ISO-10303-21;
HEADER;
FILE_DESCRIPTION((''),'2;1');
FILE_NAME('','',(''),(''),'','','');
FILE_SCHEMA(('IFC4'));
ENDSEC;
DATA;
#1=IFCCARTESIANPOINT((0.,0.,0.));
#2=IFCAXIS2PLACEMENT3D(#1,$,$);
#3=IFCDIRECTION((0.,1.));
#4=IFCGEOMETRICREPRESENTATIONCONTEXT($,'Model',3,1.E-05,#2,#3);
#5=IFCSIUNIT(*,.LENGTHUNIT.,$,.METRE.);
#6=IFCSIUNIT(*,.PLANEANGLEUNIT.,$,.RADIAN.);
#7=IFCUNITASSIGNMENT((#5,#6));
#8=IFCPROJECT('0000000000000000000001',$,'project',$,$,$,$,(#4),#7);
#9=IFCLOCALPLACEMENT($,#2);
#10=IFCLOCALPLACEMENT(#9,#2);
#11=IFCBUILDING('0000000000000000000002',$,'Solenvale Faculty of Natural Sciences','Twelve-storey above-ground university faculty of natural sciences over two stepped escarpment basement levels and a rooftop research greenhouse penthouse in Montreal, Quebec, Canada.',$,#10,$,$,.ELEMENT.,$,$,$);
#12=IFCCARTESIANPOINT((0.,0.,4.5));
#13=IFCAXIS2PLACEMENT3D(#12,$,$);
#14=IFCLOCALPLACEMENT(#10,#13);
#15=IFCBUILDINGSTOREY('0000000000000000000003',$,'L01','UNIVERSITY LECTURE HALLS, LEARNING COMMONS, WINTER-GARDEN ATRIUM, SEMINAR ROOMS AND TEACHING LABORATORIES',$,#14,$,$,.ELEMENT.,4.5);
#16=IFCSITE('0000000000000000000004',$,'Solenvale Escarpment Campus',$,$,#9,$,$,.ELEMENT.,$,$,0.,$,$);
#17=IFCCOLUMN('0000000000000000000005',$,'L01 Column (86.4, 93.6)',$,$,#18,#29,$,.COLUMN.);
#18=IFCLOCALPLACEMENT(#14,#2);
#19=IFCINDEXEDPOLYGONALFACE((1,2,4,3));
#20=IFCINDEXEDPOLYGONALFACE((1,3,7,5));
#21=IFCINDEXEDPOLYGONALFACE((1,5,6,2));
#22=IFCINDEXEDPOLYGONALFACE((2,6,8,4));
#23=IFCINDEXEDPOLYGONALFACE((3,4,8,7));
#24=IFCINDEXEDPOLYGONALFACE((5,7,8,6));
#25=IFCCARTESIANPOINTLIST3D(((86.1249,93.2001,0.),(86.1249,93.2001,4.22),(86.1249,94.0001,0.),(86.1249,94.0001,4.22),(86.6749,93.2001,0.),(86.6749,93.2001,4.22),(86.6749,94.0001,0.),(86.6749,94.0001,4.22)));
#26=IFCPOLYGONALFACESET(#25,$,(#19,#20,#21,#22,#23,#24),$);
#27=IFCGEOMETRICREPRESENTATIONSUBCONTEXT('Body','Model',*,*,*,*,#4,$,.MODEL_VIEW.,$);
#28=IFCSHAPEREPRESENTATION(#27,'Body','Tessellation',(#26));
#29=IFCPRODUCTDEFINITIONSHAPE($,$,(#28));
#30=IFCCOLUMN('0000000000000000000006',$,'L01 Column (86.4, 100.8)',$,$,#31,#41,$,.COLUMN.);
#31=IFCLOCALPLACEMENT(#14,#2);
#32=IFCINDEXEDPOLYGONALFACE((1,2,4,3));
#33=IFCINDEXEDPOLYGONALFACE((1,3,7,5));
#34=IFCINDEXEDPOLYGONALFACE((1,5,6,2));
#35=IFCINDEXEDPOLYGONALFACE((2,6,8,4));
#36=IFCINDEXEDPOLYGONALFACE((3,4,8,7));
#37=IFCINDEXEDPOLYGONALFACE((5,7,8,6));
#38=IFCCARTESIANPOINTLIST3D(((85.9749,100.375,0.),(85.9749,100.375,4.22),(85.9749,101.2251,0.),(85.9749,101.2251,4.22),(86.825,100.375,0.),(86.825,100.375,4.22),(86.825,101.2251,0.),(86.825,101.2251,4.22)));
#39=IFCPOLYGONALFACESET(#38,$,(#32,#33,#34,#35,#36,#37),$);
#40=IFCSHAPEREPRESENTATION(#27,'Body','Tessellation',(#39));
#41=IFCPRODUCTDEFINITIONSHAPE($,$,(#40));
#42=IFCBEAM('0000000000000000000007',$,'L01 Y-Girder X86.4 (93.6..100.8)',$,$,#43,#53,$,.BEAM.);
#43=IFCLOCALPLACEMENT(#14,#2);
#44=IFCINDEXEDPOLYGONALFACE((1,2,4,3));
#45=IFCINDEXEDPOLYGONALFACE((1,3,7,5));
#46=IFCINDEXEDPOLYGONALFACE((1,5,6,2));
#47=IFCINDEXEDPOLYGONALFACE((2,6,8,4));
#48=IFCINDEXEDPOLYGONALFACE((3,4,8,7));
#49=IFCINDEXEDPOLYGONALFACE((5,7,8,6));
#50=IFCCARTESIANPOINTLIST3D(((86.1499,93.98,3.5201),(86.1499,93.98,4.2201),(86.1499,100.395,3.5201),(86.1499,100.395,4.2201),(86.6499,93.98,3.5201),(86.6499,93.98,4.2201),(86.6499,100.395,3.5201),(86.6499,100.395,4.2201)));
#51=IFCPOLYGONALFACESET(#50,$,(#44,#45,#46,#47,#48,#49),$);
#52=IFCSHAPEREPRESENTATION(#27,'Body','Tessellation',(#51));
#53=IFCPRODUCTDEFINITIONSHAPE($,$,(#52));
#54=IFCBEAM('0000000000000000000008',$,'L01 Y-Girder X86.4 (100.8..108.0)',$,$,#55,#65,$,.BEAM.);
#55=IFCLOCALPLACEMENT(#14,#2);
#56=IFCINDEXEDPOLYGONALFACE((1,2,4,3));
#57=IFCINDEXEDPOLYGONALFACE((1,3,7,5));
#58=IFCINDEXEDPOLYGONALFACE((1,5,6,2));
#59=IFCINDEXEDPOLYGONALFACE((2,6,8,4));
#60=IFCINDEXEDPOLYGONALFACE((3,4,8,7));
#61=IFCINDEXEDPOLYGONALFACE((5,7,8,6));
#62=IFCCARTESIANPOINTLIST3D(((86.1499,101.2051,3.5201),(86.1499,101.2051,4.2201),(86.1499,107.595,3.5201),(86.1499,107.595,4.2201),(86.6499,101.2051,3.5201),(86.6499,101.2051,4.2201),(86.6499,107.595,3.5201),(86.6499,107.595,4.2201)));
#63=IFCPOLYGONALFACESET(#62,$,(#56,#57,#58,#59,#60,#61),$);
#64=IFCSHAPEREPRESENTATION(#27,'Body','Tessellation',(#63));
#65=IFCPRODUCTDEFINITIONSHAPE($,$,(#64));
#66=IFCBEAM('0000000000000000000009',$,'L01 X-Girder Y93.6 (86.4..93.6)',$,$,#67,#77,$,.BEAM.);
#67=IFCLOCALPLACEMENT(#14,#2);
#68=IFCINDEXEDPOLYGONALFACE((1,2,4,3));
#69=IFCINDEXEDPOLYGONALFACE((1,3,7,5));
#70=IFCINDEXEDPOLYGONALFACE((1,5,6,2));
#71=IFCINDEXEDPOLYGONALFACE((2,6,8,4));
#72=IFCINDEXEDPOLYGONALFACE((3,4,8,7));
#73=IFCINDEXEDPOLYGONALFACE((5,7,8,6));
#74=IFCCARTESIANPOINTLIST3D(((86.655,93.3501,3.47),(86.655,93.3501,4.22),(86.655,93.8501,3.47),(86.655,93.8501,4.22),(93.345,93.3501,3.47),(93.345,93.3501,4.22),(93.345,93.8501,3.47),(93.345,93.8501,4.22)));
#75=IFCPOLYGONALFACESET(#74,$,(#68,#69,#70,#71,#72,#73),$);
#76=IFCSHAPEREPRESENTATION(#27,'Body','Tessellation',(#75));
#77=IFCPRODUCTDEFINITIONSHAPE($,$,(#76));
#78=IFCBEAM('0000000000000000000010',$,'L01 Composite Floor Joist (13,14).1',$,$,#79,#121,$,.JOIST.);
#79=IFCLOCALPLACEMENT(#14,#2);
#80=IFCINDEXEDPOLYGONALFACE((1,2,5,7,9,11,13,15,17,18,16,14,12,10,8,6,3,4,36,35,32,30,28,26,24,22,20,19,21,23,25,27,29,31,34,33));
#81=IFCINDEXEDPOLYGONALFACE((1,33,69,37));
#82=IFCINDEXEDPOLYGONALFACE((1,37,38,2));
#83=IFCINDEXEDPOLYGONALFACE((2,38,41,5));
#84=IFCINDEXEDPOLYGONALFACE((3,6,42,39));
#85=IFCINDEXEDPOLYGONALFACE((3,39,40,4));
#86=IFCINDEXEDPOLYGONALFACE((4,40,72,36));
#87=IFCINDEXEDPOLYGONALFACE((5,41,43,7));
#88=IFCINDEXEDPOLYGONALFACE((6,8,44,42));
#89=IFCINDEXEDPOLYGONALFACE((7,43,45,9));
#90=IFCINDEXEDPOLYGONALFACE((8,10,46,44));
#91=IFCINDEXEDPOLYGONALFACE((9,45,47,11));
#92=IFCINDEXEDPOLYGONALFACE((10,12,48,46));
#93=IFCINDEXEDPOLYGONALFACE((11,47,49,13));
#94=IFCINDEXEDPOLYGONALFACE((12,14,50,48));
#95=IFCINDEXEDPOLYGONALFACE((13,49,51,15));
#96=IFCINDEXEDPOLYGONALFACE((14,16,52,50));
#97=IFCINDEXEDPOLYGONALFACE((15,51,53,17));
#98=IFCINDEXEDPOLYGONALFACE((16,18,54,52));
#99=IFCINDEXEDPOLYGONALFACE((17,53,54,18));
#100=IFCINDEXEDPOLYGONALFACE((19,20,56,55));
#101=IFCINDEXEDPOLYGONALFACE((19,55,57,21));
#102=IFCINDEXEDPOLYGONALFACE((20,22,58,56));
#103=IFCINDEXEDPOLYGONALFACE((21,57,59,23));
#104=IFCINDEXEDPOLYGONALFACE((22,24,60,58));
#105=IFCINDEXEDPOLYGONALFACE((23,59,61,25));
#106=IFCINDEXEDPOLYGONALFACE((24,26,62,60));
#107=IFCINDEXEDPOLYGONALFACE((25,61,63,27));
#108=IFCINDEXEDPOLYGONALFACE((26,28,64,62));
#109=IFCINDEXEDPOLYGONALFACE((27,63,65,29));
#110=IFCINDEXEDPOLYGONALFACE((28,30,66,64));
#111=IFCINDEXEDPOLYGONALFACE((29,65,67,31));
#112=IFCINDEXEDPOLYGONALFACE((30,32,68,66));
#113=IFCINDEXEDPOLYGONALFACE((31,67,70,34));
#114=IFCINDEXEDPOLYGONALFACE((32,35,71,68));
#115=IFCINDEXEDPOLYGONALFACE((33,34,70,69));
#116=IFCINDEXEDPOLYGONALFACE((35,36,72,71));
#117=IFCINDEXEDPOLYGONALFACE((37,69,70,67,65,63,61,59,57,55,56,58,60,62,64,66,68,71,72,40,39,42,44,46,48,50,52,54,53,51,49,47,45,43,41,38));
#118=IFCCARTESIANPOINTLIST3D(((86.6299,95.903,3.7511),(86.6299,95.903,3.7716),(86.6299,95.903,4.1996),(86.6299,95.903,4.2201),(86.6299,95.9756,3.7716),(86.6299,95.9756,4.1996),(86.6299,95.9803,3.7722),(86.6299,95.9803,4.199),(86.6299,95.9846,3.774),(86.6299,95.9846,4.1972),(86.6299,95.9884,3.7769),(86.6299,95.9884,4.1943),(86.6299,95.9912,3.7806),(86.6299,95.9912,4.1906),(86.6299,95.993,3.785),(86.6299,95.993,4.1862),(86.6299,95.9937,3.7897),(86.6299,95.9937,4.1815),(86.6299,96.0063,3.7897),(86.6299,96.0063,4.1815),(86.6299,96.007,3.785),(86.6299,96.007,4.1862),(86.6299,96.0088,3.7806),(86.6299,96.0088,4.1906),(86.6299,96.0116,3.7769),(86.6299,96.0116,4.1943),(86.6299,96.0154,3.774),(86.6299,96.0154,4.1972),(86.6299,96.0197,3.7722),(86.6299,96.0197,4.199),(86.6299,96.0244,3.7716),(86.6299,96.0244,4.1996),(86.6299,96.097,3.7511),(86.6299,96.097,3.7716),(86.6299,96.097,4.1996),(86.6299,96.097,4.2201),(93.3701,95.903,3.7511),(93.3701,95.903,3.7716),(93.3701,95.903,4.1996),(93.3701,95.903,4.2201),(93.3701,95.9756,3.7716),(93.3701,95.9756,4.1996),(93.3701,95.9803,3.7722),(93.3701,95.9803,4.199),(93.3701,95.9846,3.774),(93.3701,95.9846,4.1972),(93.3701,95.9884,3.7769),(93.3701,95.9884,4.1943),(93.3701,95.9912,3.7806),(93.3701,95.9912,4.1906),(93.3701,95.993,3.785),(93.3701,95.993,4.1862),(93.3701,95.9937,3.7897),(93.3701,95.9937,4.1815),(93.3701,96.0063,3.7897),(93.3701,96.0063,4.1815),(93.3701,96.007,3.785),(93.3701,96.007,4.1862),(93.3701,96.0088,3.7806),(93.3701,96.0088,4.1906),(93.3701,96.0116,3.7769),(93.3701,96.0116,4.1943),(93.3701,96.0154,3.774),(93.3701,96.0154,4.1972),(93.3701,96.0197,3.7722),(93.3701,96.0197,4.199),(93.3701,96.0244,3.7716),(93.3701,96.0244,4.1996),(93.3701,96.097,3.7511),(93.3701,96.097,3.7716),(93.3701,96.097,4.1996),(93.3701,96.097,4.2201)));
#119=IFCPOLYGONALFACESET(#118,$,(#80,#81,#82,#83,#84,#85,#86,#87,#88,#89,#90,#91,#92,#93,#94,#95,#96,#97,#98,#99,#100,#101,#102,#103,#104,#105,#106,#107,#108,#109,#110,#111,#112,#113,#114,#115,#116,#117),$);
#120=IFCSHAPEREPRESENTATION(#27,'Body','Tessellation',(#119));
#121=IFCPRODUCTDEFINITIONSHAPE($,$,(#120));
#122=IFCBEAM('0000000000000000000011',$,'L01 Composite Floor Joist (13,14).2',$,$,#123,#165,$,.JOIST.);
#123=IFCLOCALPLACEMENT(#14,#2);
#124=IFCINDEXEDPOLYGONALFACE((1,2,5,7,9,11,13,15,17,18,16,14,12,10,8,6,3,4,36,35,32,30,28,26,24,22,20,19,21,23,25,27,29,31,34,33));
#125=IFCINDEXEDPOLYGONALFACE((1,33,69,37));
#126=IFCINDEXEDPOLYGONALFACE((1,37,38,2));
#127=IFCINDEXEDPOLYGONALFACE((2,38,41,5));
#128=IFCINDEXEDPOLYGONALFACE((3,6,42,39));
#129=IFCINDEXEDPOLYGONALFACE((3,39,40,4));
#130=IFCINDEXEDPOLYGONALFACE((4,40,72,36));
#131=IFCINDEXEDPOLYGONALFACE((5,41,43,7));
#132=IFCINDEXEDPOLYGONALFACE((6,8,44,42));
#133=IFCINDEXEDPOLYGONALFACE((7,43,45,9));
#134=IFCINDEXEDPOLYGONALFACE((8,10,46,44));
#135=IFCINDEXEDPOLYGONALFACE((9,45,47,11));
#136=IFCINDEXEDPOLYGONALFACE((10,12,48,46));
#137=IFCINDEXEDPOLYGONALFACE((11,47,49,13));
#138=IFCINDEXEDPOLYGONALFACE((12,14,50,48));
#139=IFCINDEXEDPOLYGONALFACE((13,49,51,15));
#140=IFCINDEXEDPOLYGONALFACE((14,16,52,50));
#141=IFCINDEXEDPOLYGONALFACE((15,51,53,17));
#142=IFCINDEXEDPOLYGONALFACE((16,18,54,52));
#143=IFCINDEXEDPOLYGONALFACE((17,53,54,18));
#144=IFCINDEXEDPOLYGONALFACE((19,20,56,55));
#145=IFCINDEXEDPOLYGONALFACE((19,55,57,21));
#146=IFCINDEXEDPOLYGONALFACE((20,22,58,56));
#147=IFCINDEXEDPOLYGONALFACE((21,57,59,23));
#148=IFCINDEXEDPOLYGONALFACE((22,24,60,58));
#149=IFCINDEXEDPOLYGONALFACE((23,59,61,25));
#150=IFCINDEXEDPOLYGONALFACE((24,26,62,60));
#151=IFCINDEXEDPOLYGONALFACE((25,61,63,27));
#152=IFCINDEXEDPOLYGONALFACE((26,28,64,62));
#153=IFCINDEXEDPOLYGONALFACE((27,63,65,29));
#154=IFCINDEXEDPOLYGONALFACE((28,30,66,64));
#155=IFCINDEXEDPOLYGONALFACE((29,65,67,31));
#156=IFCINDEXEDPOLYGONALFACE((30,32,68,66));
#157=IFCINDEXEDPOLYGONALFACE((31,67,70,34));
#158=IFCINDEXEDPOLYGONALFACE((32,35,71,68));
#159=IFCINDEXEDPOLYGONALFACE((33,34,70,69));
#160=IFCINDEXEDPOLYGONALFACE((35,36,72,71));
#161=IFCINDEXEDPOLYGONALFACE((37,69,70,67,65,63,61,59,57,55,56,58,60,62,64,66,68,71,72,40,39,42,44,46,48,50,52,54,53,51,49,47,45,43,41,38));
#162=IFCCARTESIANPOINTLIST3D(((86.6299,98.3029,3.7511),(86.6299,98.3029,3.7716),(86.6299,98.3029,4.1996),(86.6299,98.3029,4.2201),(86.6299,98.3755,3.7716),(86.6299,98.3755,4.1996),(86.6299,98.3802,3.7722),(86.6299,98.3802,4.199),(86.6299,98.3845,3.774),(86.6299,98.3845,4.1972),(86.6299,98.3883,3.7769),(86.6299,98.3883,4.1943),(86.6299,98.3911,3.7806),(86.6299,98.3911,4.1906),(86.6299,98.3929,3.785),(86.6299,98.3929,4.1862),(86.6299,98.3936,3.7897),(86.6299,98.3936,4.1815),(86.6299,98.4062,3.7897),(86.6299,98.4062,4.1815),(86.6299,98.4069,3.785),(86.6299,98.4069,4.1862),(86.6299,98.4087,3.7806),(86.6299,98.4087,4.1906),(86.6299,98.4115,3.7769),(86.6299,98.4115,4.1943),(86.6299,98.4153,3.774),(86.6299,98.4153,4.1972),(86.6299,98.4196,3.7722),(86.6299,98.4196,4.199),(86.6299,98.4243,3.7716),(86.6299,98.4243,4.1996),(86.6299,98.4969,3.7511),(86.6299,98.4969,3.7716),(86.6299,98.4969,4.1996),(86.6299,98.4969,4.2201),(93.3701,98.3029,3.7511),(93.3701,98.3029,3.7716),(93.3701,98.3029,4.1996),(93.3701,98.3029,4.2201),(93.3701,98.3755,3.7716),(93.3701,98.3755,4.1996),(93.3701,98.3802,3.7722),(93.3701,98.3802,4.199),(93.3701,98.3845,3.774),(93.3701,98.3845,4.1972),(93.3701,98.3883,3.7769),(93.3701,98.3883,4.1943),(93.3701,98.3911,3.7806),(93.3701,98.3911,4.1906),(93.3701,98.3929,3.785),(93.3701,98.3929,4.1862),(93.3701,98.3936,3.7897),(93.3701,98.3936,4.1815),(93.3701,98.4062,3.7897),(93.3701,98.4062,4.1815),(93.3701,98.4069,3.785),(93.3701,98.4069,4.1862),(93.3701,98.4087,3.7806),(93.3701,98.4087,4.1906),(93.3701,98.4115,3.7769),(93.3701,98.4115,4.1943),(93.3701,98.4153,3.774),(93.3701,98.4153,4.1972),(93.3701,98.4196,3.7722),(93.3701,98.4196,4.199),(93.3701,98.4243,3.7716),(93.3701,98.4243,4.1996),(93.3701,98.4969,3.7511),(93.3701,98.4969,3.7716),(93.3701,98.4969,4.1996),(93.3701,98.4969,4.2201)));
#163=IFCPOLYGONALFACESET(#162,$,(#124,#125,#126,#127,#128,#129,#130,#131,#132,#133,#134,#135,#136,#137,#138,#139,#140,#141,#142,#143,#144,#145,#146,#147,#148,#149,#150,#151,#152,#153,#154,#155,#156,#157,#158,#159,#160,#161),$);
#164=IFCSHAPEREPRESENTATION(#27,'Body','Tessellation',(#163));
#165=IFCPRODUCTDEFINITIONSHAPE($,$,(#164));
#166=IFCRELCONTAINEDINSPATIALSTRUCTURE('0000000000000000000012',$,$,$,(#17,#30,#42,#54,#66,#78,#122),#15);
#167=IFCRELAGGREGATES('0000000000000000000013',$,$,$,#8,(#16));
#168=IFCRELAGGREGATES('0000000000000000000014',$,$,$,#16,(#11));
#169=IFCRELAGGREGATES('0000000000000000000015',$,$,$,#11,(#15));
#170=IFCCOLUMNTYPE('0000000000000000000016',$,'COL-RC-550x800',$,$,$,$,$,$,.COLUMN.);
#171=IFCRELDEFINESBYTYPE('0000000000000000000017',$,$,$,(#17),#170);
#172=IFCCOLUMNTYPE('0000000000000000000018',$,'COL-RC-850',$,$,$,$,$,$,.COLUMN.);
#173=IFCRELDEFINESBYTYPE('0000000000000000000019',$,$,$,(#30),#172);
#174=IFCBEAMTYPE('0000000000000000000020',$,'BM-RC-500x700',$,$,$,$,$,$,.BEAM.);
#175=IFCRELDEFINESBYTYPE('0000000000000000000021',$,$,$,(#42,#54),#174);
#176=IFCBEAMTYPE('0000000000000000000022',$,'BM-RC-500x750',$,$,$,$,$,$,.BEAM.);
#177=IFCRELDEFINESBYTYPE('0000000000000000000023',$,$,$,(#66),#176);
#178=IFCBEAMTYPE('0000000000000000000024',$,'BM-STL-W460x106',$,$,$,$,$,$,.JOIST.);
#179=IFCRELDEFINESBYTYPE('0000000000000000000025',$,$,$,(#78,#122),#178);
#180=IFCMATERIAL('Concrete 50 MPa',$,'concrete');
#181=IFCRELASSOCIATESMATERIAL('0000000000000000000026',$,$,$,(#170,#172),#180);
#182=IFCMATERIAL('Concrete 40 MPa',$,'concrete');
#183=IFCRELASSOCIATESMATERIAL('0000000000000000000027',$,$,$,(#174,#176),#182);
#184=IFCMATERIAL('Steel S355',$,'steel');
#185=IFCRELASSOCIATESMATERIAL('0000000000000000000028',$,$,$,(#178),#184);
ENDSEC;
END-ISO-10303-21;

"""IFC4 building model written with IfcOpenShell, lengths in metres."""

from ifc_helpers import new_model, si_unit, direction, frame, origin, origin_2d, place, context, subcontext, project, spatial, rectangle, i_section, extrude, material, material_profile, profile_set, type_object, element, save


model = new_model("IFC4")

# Units and contexts
model_context = context("Model", 3, precision=1e-05, world=origin(), true_north=direction((0.0, 1.0)))
body_context = subcontext(model_context, "Body", "Model", "MODEL_VIEW")
ifc_project = project(units=[si_unit("LENGTHUNIT", "METRE"), si_unit("PLANEANGLEUNIT", "RADIAN")], contexts=[model_context])

# Site, building, storey
site_placement = place(None, origin())
site = spatial("IfcSite", under=ifc_project, at=site_placement, Name="Solenvale Escarpment Campus", CompositionType="ELEMENT", RefElevation=0.0)
building_placement = place(site_placement, origin())
building = spatial("IfcBuilding", under=site, at=building_placement, Name="Solenvale Faculty of Natural Sciences", Description="Twelve-storey above-ground university faculty of natural sciences over two stepped escarpment basement levels and a rooftop research greenhouse penthouse in Montreal, Quebec, Canada.", CompositionType="ELEMENT")
storey_placement = place(building_placement, frame((0.0, 0.0, 4.5)))
storey = spatial("IfcBuildingStorey", under=building, at=storey_placement, Name="L01", Description="UNIVERSITY LECTURE HALLS, LEARNING COMMONS, WINTER-GARDEN ATRIUM, SEMINAR ROOMS AND TEACHING LABORATORIES", CompositionType="ELEMENT", Elevation=4.5)

# Columns
ifc_material_1 = material(Name="Concrete 50 MPa", Category="concrete")
ifc_material_profile_1 = material_profile(ifc_material_1, rectangle(XDim=0.55, YDim=0.8, at=origin_2d()), Name="RC-COL-550x800")
ifc_profile_set_1 = profile_set([ifc_material_profile_1], Name="Concrete 50 MPa")
column_type_1 = type_object("IfcColumnType", Name="COL-RC-550x800", PredefinedType="COLUMN", material=ifc_profile_set_1)
column_1_placement = place(storey_placement, frame((86.3999, 93.6001, 0.0), z_axis=(0.0, 0.0, 1.0), x_axis=(1.0, 0.0, 0.0)))
element("IfcColumn", 1, at=column_1_placement, inside=storey, type_object=column_type_1, Name="L01 Column (86.4, 93.6)", PredefinedType="COLUMN", context=body_context, shape_type="SweptSolid", body=[
    extrude(rectangle(XDim=0.55, YDim=0.8, at=origin_2d()), origin(), (0.0, 0.0, 1.0), 4.22),
])
ifc_material_profile_2 = material_profile(ifc_material_1, rectangle(XDim=0.8501, YDim=0.8501, at=origin_2d()), Name="RC-COL-850x850")
ifc_profile_set_2 = profile_set([ifc_material_profile_2], Name="Concrete 50 MPa")
column_type_2 = type_object("IfcColumnType", Name="COL-RC-850", PredefinedType="COLUMN", material=ifc_profile_set_2)
column_2_placement = place(storey_placement, frame((86.3999, 100.8, 0.0), z_axis=(0.0, 0.0, 1.0), x_axis=(1.0, 0.0, 0.0)))
element("IfcColumn", 2, at=column_2_placement, inside=storey, type_object=column_type_2, Name="L01 Column (86.4, 100.8)", PredefinedType="COLUMN", context=body_context, shape_type="SweptSolid", body=[
    extrude(rectangle(XDim=0.8501, YDim=0.8501, at=origin_2d()), origin(), (0.0, 0.0, 1.0), 4.22),
])

# Beams
ifc_material_2 = material(Name="Concrete 40 MPa", Category="concrete")
ifc_material_profile_3 = material_profile(ifc_material_2, rectangle(XDim=0.5, YDim=0.7, at=origin_2d()), Name="RC-BM-500x700")
ifc_profile_set_3 = profile_set([ifc_material_profile_3], Name="Concrete 40 MPa")
beam_type_1 = type_object("IfcBeamType", Name="BM-RC-500x700", PredefinedType="BEAM", material=ifc_profile_set_3)
beam_1_placement = place(storey_placement, frame((86.3999, 93.98, 3.8701), z_axis=(0.0, 1.0, 0.0), x_axis=(-1.0, 0.0, 0.0)))
element("IfcBeam", 3, at=beam_1_placement, inside=storey, type_object=beam_type_1, Name="L01 Y-Girder X86.4 (93.6..100.8)", PredefinedType="BEAM", context=body_context, shape_type="SweptSolid", body=[
    extrude(rectangle(XDim=0.5, YDim=0.7, at=origin_2d()), origin(), (0.0, 0.0, 1.0), 6.415),
])
beam_2_placement = place(storey_placement, frame((86.3999, 101.2051, 3.8701), z_axis=(0.0, 1.0, 0.0), x_axis=(-1.0, 0.0, 0.0)))
element("IfcBeam", 4, at=beam_2_placement, inside=storey, type_object=beam_type_1, Name="L01 Y-Girder X86.4 (100.8..108.0)", PredefinedType="BEAM", context=body_context, shape_type="SweptSolid", body=[
    extrude(rectangle(XDim=0.5, YDim=0.7, at=origin_2d()), origin(), (0.0, 0.0, 1.0), 6.3899),
])
ifc_material_profile_4 = material_profile(ifc_material_2, rectangle(XDim=0.5, YDim=0.75, at=origin_2d()), Name="RC-BM-500x750")
ifc_profile_set_4 = profile_set([ifc_material_profile_4], Name="Concrete 40 MPa")
beam_type_2 = type_object("IfcBeamType", Name="BM-RC-500x750", PredefinedType="BEAM", material=ifc_profile_set_4)
beam_3_placement = place(storey_placement, frame((86.655, 93.6001, 3.845), z_axis=(1.0, 0.0, 0.0), x_axis=(0.0, 1.0, 0.0)))
element("IfcBeam", 5, at=beam_3_placement, inside=storey, type_object=beam_type_2, Name="L01 X-Girder Y93.6 (86.4..93.6)", PredefinedType="BEAM", context=body_context, shape_type="SweptSolid", body=[
    extrude(rectangle(XDim=0.5, YDim=0.75, at=origin_2d()), origin(), (0.0, 0.0, 1.0), 6.6899),
])
ifc_material_3 = material(Name="Steel S355", Category="steel")
ifc_material_profile_5 = material_profile(ifc_material_3, i_section(OverallWidth=0.1941, OverallDepth=0.469, WebThickness=0.0127, FlangeThickness=0.0205, FilletRadius=0.0181, at=origin_2d()), Name="W460x106")
ifc_profile_set_5 = profile_set([ifc_material_profile_5], Name="Steel S355")
beam_type_3 = type_object("IfcBeamType", Name="BM-STL-W460x106", PredefinedType="JOIST", material=ifc_profile_set_5)
for number, where, z_axis, x_axis, name in (
    (6, (86.6299, 96.0, 3.9856), (1.0, 0.0, 0.0), (0.0, 1.0, 0.0), "L01 Composite Floor Joist (13,14).1"),
    (7, (86.6299, 98.3999, 3.9856), (1.0, 0.0, 0.0), (0.0, 1.0, 0.0), "L01 Composite Floor Joist (13,14).2"),
):
    element("IfcBeam", number, at=place(storey_placement, frame(where, z_axis=z_axis, x_axis=x_axis)), inside=storey, type_object=beam_type_3, Name=name, PredefinedType="JOIST", context=body_context, shape_type="SweptSolid", body=[
        extrude(i_section(OverallWidth=0.1941, OverallDepth=0.469, WebThickness=0.0127, FlangeThickness=0.0205, FilletRadius=0.0181, at=origin_2d()), origin(), (0.0, 0.0, 1.0), 6.7402),
    ])

save(model, "model.ifc")
